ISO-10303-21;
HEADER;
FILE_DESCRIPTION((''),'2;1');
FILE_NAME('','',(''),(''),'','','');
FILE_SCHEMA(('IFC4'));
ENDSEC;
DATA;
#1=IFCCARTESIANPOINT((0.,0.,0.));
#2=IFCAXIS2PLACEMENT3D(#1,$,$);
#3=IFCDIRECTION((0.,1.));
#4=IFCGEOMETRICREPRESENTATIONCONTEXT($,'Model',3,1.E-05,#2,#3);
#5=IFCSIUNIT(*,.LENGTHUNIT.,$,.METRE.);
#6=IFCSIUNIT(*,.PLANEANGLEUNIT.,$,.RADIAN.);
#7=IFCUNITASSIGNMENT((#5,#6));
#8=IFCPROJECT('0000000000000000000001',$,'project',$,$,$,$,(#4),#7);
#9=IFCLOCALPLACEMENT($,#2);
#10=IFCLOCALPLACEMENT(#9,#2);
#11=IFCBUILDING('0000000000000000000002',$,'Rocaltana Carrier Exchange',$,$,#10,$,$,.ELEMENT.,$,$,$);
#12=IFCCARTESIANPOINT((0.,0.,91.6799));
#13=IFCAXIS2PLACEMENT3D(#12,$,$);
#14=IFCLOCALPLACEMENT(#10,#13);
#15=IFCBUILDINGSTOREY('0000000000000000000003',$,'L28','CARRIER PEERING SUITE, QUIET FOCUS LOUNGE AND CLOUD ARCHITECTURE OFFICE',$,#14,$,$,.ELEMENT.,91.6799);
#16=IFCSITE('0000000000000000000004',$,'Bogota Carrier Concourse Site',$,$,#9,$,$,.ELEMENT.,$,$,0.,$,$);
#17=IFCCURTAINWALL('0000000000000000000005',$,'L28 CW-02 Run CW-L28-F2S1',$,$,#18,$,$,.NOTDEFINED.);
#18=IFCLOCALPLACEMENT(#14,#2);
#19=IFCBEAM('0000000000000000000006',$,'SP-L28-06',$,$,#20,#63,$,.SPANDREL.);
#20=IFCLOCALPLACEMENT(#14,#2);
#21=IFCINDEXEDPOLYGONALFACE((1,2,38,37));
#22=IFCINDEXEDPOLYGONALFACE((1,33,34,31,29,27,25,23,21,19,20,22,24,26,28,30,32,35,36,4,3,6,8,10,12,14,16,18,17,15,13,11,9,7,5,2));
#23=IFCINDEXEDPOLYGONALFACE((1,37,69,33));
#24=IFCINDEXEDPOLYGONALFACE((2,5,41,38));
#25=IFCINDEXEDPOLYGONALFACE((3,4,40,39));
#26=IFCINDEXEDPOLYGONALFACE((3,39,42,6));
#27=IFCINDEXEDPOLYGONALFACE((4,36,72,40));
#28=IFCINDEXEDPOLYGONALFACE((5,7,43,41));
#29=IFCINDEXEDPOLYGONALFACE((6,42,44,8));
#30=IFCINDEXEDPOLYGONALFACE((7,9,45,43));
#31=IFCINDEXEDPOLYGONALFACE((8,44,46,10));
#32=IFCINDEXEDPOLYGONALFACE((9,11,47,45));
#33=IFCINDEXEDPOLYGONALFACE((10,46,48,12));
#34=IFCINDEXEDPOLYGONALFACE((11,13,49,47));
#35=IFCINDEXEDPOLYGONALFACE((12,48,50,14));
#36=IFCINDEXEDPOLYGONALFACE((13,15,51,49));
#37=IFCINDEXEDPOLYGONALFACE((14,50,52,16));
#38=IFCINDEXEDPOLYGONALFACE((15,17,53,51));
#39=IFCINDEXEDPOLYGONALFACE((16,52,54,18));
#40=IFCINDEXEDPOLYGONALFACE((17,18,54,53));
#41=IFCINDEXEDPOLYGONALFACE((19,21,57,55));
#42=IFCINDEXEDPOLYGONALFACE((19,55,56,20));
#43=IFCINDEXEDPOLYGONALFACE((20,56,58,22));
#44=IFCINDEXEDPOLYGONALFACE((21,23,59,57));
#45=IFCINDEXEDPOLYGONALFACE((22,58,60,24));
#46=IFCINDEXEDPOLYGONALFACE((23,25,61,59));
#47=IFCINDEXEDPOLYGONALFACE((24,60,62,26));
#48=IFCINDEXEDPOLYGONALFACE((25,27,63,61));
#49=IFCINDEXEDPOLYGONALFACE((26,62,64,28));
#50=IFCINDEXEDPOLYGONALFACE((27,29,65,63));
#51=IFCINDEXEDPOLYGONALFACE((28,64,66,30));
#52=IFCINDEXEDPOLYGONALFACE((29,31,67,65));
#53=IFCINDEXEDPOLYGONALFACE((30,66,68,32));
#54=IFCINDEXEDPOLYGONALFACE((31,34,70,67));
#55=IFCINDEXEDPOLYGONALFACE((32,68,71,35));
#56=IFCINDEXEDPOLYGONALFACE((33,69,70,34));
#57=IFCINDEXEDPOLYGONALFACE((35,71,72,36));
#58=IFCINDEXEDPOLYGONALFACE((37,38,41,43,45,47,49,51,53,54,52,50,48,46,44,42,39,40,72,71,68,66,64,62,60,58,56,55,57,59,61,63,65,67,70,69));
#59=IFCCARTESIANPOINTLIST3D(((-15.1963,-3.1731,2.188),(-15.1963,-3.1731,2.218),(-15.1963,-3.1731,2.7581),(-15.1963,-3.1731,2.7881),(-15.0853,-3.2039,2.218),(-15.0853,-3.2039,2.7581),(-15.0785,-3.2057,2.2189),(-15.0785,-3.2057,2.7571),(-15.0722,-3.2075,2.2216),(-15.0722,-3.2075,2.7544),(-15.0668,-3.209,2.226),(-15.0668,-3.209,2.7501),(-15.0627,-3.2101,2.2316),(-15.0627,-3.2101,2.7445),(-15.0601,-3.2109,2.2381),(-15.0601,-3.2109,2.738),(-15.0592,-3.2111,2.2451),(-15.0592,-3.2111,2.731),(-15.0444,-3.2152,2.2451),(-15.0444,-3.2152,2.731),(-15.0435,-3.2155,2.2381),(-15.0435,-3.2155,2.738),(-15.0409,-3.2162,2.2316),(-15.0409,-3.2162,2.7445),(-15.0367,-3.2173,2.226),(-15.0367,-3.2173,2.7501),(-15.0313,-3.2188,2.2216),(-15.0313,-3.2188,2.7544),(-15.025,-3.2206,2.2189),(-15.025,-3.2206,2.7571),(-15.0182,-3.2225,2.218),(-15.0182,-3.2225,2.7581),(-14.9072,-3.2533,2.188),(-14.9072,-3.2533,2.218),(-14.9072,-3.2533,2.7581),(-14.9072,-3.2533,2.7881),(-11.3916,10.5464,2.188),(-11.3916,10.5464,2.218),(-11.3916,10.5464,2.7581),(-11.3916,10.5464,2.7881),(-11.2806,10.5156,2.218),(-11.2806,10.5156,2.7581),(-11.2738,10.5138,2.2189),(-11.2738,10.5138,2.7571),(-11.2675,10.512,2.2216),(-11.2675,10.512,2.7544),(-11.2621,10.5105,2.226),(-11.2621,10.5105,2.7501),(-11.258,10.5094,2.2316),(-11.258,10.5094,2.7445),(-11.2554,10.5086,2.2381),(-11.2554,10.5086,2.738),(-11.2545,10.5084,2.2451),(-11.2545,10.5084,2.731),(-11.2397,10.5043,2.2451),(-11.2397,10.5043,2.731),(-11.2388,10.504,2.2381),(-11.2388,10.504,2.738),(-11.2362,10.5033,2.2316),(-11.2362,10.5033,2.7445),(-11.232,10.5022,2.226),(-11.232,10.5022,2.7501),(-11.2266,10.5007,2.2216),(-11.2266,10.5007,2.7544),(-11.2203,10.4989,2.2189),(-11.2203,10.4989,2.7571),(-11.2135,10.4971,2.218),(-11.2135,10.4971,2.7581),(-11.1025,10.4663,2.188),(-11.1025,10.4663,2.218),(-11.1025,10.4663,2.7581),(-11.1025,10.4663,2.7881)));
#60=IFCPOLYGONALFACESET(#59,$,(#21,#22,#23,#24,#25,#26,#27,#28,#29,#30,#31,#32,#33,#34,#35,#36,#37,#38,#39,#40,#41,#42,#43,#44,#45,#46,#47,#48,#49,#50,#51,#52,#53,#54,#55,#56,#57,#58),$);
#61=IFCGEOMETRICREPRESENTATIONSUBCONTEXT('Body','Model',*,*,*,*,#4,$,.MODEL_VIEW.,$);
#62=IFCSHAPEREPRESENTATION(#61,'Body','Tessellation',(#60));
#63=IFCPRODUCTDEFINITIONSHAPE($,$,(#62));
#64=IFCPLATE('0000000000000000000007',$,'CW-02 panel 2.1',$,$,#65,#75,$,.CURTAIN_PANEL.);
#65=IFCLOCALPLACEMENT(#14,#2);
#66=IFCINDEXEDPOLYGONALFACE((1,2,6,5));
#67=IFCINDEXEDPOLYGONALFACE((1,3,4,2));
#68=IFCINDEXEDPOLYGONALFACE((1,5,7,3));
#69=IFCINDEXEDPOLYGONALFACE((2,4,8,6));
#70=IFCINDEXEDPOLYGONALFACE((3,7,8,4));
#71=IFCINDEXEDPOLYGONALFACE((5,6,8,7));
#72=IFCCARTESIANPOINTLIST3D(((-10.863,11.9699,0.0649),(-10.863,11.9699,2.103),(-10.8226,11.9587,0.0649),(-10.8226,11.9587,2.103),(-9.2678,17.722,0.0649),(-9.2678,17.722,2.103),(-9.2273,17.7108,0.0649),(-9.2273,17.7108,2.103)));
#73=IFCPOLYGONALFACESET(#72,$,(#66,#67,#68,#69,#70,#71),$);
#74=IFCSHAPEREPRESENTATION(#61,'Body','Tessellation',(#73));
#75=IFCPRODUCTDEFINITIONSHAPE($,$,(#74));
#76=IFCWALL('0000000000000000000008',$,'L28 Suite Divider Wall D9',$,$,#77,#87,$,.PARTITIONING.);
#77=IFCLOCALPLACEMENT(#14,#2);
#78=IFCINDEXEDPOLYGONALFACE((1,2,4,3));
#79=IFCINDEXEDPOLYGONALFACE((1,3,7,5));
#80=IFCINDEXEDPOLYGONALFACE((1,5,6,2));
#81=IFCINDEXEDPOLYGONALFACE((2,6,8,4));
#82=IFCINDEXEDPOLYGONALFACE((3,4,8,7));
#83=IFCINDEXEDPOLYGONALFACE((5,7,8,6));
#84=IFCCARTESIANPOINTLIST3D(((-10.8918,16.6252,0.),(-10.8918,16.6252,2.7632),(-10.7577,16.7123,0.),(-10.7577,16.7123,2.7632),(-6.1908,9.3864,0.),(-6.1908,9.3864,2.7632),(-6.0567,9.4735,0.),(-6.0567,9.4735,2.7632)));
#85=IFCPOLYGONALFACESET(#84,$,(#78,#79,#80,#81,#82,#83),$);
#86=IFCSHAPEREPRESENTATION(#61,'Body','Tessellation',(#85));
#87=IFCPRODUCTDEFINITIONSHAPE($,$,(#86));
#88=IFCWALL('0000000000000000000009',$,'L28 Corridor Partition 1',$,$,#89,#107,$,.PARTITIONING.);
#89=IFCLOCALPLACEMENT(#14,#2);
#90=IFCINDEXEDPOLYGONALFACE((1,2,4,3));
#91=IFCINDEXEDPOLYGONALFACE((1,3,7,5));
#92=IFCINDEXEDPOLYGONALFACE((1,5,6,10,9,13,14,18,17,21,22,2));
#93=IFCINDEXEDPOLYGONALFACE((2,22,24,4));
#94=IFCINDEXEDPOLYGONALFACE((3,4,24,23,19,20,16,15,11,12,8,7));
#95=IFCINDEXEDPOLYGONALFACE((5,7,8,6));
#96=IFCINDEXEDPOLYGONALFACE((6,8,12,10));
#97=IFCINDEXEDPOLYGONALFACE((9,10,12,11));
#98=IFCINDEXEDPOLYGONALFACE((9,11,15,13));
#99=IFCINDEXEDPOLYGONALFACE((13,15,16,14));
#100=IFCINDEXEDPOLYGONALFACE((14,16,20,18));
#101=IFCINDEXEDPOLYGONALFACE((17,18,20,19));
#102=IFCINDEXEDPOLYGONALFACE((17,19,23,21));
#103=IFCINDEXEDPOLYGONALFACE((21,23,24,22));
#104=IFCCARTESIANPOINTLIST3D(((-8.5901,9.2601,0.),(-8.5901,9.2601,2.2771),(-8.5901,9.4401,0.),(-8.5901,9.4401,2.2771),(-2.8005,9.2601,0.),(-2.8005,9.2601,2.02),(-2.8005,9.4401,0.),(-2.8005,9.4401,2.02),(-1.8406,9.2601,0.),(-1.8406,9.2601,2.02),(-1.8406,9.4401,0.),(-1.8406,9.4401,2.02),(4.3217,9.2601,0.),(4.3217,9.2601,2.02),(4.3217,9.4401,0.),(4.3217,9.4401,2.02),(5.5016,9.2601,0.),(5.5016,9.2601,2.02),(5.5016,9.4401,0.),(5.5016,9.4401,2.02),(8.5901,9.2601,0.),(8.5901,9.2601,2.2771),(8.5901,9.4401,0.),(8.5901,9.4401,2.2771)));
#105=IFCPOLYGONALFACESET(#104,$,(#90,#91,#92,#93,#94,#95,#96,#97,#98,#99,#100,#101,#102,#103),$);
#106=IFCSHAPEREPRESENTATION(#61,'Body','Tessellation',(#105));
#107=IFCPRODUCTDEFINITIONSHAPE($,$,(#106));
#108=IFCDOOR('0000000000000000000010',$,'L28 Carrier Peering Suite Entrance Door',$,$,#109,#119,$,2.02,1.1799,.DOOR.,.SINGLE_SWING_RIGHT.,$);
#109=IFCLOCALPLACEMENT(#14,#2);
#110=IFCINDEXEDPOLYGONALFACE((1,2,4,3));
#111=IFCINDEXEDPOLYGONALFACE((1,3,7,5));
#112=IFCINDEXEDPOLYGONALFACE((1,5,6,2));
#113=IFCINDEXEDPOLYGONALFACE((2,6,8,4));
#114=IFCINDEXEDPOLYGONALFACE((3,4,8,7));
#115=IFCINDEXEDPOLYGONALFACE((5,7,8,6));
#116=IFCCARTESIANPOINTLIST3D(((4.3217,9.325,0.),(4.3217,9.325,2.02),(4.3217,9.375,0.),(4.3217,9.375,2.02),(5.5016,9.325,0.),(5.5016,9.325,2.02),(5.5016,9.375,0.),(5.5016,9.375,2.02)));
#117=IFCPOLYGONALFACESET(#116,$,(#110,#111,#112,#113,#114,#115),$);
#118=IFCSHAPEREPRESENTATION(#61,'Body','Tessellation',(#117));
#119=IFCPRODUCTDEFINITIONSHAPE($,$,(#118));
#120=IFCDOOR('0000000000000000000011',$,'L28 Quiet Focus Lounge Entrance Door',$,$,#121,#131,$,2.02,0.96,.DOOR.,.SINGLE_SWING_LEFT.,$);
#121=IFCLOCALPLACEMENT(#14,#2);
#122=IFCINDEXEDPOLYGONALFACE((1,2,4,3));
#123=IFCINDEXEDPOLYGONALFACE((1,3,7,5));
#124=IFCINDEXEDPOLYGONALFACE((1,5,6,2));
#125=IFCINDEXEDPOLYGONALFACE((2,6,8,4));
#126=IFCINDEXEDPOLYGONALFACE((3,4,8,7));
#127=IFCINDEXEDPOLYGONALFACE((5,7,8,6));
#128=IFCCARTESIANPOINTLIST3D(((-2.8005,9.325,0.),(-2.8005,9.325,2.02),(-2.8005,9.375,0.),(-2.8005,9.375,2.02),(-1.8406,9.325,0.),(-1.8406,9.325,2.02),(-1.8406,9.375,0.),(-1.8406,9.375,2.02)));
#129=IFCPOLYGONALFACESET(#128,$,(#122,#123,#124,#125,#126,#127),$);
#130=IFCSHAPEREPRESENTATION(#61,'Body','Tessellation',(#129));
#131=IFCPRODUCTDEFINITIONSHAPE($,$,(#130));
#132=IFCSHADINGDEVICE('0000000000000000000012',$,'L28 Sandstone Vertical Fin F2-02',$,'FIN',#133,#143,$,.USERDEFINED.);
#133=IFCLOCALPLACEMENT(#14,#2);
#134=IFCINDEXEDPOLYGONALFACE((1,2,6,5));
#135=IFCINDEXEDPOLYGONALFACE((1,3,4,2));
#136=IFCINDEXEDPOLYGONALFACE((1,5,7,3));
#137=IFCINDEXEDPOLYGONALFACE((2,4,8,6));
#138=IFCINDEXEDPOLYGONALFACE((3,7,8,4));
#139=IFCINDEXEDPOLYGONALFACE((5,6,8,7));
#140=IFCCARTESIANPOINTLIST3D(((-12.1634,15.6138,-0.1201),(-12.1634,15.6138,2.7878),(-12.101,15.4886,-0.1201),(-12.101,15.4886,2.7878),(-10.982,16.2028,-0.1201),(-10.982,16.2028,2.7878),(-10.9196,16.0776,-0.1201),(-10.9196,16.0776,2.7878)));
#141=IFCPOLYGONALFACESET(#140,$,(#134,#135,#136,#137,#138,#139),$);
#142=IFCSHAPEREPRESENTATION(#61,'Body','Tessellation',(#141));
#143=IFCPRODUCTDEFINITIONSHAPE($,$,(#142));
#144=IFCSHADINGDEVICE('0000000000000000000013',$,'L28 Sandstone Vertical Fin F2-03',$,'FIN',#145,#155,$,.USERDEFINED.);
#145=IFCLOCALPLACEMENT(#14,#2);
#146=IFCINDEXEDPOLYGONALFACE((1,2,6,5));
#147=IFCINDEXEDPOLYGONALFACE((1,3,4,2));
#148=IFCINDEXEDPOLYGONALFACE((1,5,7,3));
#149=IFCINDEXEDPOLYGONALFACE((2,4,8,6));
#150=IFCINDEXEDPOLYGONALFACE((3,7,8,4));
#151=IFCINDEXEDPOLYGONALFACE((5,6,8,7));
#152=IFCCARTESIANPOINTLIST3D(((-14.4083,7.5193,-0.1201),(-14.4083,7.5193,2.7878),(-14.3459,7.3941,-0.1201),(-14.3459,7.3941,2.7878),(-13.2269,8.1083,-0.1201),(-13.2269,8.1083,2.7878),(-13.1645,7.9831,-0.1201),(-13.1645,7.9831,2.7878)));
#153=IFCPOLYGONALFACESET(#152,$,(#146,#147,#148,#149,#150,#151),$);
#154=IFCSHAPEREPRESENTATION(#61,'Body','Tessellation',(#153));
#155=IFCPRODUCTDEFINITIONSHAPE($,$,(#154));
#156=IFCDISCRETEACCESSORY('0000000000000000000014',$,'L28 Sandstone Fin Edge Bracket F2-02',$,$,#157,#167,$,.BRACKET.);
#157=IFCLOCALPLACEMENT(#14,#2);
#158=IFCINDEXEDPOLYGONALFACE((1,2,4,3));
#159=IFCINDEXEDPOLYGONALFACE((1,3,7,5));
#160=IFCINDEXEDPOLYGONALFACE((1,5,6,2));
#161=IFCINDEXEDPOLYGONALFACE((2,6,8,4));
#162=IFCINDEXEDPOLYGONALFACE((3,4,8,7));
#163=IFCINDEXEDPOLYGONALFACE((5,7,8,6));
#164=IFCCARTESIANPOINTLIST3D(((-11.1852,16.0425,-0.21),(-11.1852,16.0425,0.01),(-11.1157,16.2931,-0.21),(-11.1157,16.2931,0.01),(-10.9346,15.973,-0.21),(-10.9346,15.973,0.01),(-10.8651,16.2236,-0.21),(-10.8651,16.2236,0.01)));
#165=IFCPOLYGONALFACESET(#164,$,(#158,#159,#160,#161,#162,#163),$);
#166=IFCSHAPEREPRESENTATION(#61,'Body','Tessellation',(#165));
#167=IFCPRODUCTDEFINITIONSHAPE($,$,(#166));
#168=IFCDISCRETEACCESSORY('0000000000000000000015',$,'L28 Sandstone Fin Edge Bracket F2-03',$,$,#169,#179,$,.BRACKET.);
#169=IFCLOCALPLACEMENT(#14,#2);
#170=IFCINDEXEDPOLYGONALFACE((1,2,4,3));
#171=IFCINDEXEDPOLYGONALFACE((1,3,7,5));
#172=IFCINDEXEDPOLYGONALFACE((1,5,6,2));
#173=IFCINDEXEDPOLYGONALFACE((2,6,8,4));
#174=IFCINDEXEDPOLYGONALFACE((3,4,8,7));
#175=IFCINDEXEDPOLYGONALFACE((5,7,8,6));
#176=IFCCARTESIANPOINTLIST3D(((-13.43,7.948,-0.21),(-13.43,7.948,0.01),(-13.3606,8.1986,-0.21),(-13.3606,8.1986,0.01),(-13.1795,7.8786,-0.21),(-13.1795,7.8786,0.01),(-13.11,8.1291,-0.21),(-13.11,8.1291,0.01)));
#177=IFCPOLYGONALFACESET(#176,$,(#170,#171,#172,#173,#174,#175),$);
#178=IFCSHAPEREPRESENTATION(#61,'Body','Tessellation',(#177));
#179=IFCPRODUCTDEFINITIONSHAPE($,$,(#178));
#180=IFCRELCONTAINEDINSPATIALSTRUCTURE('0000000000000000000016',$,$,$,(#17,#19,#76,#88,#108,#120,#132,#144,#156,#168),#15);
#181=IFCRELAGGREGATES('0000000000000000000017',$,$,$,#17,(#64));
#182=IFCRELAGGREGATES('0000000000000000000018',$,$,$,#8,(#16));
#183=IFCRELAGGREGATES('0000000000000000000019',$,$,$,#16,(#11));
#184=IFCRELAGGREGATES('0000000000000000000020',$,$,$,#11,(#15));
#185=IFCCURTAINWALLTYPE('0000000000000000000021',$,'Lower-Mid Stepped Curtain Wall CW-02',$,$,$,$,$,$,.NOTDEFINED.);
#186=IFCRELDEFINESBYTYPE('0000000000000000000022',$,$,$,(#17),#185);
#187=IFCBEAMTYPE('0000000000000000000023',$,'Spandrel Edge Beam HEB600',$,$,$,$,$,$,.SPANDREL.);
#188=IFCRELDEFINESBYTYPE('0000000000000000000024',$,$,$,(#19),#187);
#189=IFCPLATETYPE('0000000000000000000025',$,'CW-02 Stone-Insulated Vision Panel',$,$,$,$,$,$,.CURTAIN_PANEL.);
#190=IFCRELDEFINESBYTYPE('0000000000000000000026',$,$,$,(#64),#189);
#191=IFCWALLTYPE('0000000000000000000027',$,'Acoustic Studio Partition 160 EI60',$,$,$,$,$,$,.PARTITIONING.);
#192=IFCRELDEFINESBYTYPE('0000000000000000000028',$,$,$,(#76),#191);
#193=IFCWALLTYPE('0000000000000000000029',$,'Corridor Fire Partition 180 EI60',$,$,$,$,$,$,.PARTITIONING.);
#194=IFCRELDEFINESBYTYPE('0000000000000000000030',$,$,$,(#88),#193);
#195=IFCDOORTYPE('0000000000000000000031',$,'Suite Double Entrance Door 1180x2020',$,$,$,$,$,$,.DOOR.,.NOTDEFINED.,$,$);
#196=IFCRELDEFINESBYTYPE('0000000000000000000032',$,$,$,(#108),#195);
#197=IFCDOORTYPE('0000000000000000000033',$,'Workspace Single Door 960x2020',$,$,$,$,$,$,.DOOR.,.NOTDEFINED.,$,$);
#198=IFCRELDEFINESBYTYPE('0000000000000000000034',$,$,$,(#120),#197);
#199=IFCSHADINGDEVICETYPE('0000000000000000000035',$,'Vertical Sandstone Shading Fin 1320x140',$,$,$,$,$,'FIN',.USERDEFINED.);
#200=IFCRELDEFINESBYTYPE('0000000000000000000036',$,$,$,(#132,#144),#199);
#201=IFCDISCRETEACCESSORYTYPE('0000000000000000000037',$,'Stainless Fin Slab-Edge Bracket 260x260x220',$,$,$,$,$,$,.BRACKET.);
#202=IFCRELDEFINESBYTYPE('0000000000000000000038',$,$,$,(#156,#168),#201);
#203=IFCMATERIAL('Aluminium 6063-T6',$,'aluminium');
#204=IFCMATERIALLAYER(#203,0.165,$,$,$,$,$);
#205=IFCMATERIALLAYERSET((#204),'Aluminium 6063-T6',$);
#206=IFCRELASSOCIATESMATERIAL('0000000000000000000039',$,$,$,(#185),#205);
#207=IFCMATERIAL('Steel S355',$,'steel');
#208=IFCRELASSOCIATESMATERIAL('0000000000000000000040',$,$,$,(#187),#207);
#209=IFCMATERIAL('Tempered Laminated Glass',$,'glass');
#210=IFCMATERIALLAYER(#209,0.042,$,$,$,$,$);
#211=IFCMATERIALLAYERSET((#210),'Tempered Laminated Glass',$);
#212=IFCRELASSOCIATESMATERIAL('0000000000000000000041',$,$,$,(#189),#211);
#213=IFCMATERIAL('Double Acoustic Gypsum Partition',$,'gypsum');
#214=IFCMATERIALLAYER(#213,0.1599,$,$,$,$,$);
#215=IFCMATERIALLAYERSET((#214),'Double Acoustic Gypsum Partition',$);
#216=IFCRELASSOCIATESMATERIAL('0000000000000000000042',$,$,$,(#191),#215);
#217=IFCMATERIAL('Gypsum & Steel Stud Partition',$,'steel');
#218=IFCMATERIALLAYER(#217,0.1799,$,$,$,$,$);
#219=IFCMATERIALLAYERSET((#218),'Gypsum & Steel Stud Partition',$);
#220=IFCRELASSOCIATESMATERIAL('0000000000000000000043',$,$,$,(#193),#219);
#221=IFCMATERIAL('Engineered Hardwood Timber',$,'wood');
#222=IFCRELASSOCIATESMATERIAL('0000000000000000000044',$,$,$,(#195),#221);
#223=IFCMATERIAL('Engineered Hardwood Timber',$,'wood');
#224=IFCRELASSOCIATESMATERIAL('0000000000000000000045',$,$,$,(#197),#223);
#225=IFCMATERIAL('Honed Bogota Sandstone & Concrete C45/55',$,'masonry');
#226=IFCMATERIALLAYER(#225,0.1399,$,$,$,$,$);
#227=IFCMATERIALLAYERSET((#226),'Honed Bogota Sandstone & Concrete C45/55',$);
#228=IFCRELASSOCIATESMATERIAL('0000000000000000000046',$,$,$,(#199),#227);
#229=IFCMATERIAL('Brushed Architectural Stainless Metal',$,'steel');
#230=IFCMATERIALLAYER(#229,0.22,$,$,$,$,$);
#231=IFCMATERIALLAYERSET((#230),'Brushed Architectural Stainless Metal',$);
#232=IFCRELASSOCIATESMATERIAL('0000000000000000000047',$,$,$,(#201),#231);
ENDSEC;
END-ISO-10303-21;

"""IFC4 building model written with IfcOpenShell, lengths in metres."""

from ifc_helpers import new_model, si_unit, direction, frame, frame_2d, origin, origin_2d, place, context, subcontext, project, spatial, rectangle, i_section, extrude, material, layer, layer_set, material_profile, profile_set, type_object, element, fill, aggregate, save


model = new_model("IFC4")

# Units and contexts
model_context = context("Model", 3, precision=1e-05, world=origin(), true_north=direction((0.0, 1.0)))
body_context = subcontext(model_context, "Body", "Model", "MODEL_VIEW")
ifc_project = project(units=[si_unit("LENGTHUNIT", "METRE"), si_unit("PLANEANGLEUNIT", "RADIAN")], contexts=[model_context])

# Site, building, storey
site_placement = place(None, origin())
site = spatial("IfcSite", under=ifc_project, at=site_placement, Name="Bogota Carrier Concourse Site", CompositionType="ELEMENT", RefElevation=0.0)
building_placement = place(site_placement, origin())
building = spatial("IfcBuilding", under=site, at=building_placement, Name="Rocaltana Carrier Exchange", CompositionType="ELEMENT")
storey_placement = place(building_placement, frame((0.0, 0.0, 91.6799)))
storey = spatial("IfcBuildingStorey", under=building, at=storey_placement, Name="L28", Description="CARRIER PEERING SUITE, QUIET FOCUS LOUNGE AND CLOUD ARCHITECTURE OFFICE", CompositionType="ELEMENT", Elevation=91.6799)

# Curtain wall
ifc_material_1 = material(Name="Aluminium 6063-T6", Category="aluminium")
ifc_layer_1 = layer(ifc_material_1, 0.165)
ifc_layer_set_1 = layer_set([ifc_layer_1], Name="Aluminium 6063-T6")
curtain_wall_type = type_object("IfcCurtainWallType", Name="Lower-Mid Stepped Curtain Wall CW-02", PredefinedType="NOTDEFINED", material=ifc_layer_set_1)
curtain_wall_1_placement = place(storey_placement, origin())
curtain_wall_1 = element("IfcCurtainWall", 1, at=curtain_wall_1_placement, inside=storey, type_object=curtain_wall_type, Name="L28 CW-02 Run CW-L28-F2S1", PredefinedType="NOTDEFINED")

# Beam
ifc_material_2 = material(Name="Steel S355", Category="steel")
ifc_material_profile_1 = material_profile(ifc_material_2, i_section(OverallWidth=0.3, OverallDepth=0.6001, WebThickness=0.0154, FlangeThickness=0.03, FilletRadius=0.0271, at=origin_2d()), Name="HEB600")
ifc_profile_set_1 = profile_set([ifc_material_profile_1], Name="Steel S355")
beam_type_1 = type_object("IfcBeamType", Name="Spandrel Edge Beam HEB600", PredefinedType="SPANDREL", material=ifc_profile_set_1)
beam_1_placement = place(storey_placement, frame((-11.2471, 10.5063, 2.488), z_axis=(-0.267234, -0.963632, 0.0), x_axis=(0.963632, -0.267234, 0.0)))
element("IfcBeam", 2, at=beam_1_placement, inside=storey, type_object=beam_type_1, Name="SP-L28-06", PredefinedType="SPANDREL", context=body_context, shape_type="SweptSolid", body=[
    extrude(i_section(OverallWidth=0.3, OverallDepth=0.6001, WebThickness=0.0154, FlangeThickness=0.03, FilletRadius=0.0271, at=origin_2d()), origin(), (0.0, 0.0, 1.0), 14.2373),
])

# Plate
ifc_material_3 = material(Name="Tempered Laminated Glass", Category="glass")
ifc_layer_2 = layer(ifc_material_3, 0.042)
ifc_layer_set_2 = layer_set([ifc_layer_2], Name="Tempered Laminated Glass")
plate_type = type_object("IfcPlateType", Name="CW-02 Stone-Insulated Vision Panel", PredefinedType="CURTAIN_PANEL", material=ifc_layer_set_2)
plate_placement = place(storey_placement, frame((-10.0452, 14.8403, 0.0649), z_axis=(0.0, 0.0, 1.0), x_axis=(-0.267246, -0.963628, 0.0)))
plate = element("IfcPlate", 3, at=plate_placement, type_object=plate_type, Name="CW-02 panel 2.1", PredefinedType="CURTAIN_PANEL", context=body_context, shape_type="SweptSolid", body=[
    extrude(rectangle(XDim=5.9692, YDim=0.042, at=origin_2d()), origin(), (0.0, 0.0, 1.0), 2.0381),
])
aggregate(curtain_wall_1, [plate])

# Wall
ifc_material_4 = material(Name="Double Acoustic Gypsum Partition", Category="gypsum")
ifc_layer_3 = layer(ifc_material_4, 0.1599)
ifc_layer_set_3 = layer_set([ifc_layer_3], Name="Double Acoustic Gypsum Partition")
wall_type_1 = type_object("IfcWallType", Name="Acoustic Studio Partition 160 EI60", PredefinedType="PARTITIONING", material=ifc_layer_set_3)
wall_1_placement = place(storey_placement, frame((-6.1238, 9.4299, 0.0), z_axis=(0.0, 0.0, 1.0), x_axis=(-0.54464, 0.83867, 0.0)))
element("IfcWall", 4, at=wall_1_placement, inside=storey, type_object=wall_type_1, Name="L28 Suite Divider Wall D9", PredefinedType="PARTITIONING", context=body_context, shape_type="SweptSolid", body=[
    extrude(rectangle(XDim=8.6313, YDim=0.1599, at=frame_2d((4.3157, 0.0))), origin(), (0.0, 0.0, 1.0), 2.7632),
])

# Wall, openings, doors
ifc_material_5 = material(Name="Gypsum & Steel Stud Partition", Category="steel")
ifc_layer_4 = layer(ifc_material_5, 0.1799)
ifc_layer_set_4 = layer_set([ifc_layer_4], Name="Gypsum & Steel Stud Partition")
wall_type_2 = type_object("IfcWallType", Name="Corridor Fire Partition 180 EI60", PredefinedType="PARTITIONING", material=ifc_layer_set_4)
wall_2_placement = place(storey_placement, frame((-8.5901, 9.3501, 0.0), z_axis=(0.0, 0.0, 1.0), x_axis=(1.0, 0.0, 0.0)))
wall_2 = element("IfcWall", 5, at=wall_2_placement, inside=storey, type_object=wall_type_2, Name="L28 Corridor Partition 1", PredefinedType="PARTITIONING", context=body_context, shape_type="SweptSolid", body=[
    extrude(rectangle(XDim=17.1802, YDim=0.1799, at=frame_2d((8.5901, 0.0))), origin(), (0.0, 0.0, 1.0), 2.2771),
])
opening_1_placement = place(wall_2_placement, frame((12.9119, 0.0, 0.0)))
opening_1 = element("IfcOpeningElement", 6, at=opening_1_placement, cuts=wall_2, PredefinedType="OPENING", context=body_context, shape_type="SweptSolid", body=[
    extrude(rectangle(XDim=1.1799, YDim=2.02, at=frame_2d((0.5898, 1.01))), frame((0.0, 0.0999, 0.0), z_axis=(0.0, -1.0, 0.0), x_axis=(1.0, 0.0, 0.0)), (0.0, 0.0, 1.0), 0.2),
])
opening_2_placement = place(wall_2_placement, frame((5.7896, 0.0, 0.0)))
opening_2 = element("IfcOpeningElement", 7, at=opening_2_placement, cuts=wall_2, PredefinedType="OPENING", context=body_context, shape_type="SweptSolid", body=[
    extrude(rectangle(XDim=0.96, YDim=2.02, at=frame_2d((0.48, 1.01))), frame((0.0, 0.0999, 0.0), z_axis=(0.0, -1.0, 0.0), x_axis=(1.0, 0.0, 0.0)), (0.0, 0.0, 1.0), 0.2),
])
ifc_material_6 = material(Name="Engineered Hardwood Timber", Category="wood")
door_type_1 = type_object("IfcDoorType", Name="Suite Double Entrance Door 1180x2020", OperationType="NOTDEFINED", PredefinedType="DOOR", material=ifc_material_6)
door_1_placement = place(opening_1_placement, origin())
door_1 = element("IfcDoor", 8, at=door_1_placement, inside=storey, type_object=door_type_1, Name="L28 Carrier Peering Suite Entrance Door", OperationType="SINGLE_SWING_RIGHT", OverallHeight=2.02, OverallWidth=1.1799, PredefinedType="DOOR", context=body_context, shape_type="SweptSolid", body=[
    extrude(rectangle(XDim=1.1799, YDim=2.02, at=frame_2d((0.5898, 1.01))), frame((0.0, 0.0249, 0.0), z_axis=(0.0, -1.0, 0.0), x_axis=(1.0, 0.0, 0.0)), (0.0, 0.0, 1.0), 0.05),
])
fill(opening_1, door_1)
ifc_material_7 = material(Name="Engineered Hardwood Timber", Category="wood")
door_type_2 = type_object("IfcDoorType", Name="Workspace Single Door 960x2020", OperationType="NOTDEFINED", PredefinedType="DOOR", material=ifc_material_7)
door_2_placement = place(opening_2_placement, origin())
door_2 = element("IfcDoor", 9, at=door_2_placement, inside=storey, type_object=door_type_2, Name="L28 Quiet Focus Lounge Entrance Door", OperationType="SINGLE_SWING_LEFT", OverallHeight=2.02, OverallWidth=0.96, PredefinedType="DOOR", context=body_context, shape_type="SweptSolid", body=[
    extrude(rectangle(XDim=0.96, YDim=2.02, at=frame_2d((0.48, 1.01))), frame((0.0, 0.0249, 0.0), z_axis=(0.0, -1.0, 0.0), x_axis=(1.0, 0.0, 0.0)), (0.0, 0.0, 1.0), 0.05),
])
fill(opening_2, door_2)

# Shading devices
ifc_material_8 = material(Name="Honed Bogota Sandstone & Concrete C45/55", Category="masonry")
ifc_layer_5 = layer(ifc_material_8, 0.1399)
ifc_layer_set_5 = layer_set([ifc_layer_5], Name="Honed Bogota Sandstone & Concrete C45/55")
shading_device_type = type_object("IfcShadingDeviceType", Name="Vertical Sandstone Shading Fin 1320x140", ElementType="FIN", PredefinedType="USERDEFINED", material=ifc_layer_set_5)
for number, where, z_axis, x_axis, name in (
    (10, (-11.5415, 15.8457, -0.1201), (0.0, 0.0, 1.0), (-0.894934, -0.446198, 0.0), "L28 Sandstone Vertical Fin F2-02"),
    (11, (-13.7864, 7.7512, -0.1201), (0.0, 0.0, 1.0), (-0.894934, -0.446198, 0.0), "L28 Sandstone Vertical Fin F2-03"),
):
    element("IfcShadingDevice", number, at=place(storey_placement, frame(where, z_axis=z_axis, x_axis=x_axis)), inside=storey, type_object=shading_device_type, Name=name, ObjectType="FIN", PredefinedType="USERDEFINED", context=body_context, shape_type="SweptSolid", body=[
        extrude(rectangle(XDim=1.3201, YDim=0.1399, at=origin_2d()), origin(), (0.0, 0.0, 1.0), 2.908),
    ])

# Discrete accessories
ifc_material_9 = material(Name="Brushed Architectural Stainless Metal", Category="steel")
ifc_layer_6 = layer(ifc_material_9, 0.22)
ifc_layer_set_6 = layer_set([ifc_layer_6], Name="Brushed Architectural Stainless Metal")
discrete_accessory_type = type_object("IfcDiscreteAccessoryType", Name="Stainless Fin Slab-Edge Bracket 260x260x220", PredefinedType="BRACKET", material=ifc_layer_set_6)
for number, where, z_axis, x_axis, name in (
    (12, (-11.0251, 16.1331, -0.21), (0.0, 0.0, 1.0), (-0.267238, -0.96363, 0.0), "L28 Sandstone Fin Edge Bracket F2-02"),
    (13, (-13.27, 8.0386, -0.21), (0.0, 0.0, 1.0), (-0.267238, -0.96363, 0.0), "L28 Sandstone Fin Edge Bracket F2-03"),
):
    element("IfcDiscreteAccessory", number, at=place(storey_placement, frame(where, z_axis=z_axis, x_axis=x_axis)), inside=storey, type_object=discrete_accessory_type, Name=name, PredefinedType="BRACKET", context=body_context, shape_type="SweptSolid", body=[
        extrude(rectangle(XDim=0.26, YDim=0.26, at=origin_2d()), origin(), (0.0, 0.0, 1.0), 0.22),
    ])

save(model, "model.ifc")
